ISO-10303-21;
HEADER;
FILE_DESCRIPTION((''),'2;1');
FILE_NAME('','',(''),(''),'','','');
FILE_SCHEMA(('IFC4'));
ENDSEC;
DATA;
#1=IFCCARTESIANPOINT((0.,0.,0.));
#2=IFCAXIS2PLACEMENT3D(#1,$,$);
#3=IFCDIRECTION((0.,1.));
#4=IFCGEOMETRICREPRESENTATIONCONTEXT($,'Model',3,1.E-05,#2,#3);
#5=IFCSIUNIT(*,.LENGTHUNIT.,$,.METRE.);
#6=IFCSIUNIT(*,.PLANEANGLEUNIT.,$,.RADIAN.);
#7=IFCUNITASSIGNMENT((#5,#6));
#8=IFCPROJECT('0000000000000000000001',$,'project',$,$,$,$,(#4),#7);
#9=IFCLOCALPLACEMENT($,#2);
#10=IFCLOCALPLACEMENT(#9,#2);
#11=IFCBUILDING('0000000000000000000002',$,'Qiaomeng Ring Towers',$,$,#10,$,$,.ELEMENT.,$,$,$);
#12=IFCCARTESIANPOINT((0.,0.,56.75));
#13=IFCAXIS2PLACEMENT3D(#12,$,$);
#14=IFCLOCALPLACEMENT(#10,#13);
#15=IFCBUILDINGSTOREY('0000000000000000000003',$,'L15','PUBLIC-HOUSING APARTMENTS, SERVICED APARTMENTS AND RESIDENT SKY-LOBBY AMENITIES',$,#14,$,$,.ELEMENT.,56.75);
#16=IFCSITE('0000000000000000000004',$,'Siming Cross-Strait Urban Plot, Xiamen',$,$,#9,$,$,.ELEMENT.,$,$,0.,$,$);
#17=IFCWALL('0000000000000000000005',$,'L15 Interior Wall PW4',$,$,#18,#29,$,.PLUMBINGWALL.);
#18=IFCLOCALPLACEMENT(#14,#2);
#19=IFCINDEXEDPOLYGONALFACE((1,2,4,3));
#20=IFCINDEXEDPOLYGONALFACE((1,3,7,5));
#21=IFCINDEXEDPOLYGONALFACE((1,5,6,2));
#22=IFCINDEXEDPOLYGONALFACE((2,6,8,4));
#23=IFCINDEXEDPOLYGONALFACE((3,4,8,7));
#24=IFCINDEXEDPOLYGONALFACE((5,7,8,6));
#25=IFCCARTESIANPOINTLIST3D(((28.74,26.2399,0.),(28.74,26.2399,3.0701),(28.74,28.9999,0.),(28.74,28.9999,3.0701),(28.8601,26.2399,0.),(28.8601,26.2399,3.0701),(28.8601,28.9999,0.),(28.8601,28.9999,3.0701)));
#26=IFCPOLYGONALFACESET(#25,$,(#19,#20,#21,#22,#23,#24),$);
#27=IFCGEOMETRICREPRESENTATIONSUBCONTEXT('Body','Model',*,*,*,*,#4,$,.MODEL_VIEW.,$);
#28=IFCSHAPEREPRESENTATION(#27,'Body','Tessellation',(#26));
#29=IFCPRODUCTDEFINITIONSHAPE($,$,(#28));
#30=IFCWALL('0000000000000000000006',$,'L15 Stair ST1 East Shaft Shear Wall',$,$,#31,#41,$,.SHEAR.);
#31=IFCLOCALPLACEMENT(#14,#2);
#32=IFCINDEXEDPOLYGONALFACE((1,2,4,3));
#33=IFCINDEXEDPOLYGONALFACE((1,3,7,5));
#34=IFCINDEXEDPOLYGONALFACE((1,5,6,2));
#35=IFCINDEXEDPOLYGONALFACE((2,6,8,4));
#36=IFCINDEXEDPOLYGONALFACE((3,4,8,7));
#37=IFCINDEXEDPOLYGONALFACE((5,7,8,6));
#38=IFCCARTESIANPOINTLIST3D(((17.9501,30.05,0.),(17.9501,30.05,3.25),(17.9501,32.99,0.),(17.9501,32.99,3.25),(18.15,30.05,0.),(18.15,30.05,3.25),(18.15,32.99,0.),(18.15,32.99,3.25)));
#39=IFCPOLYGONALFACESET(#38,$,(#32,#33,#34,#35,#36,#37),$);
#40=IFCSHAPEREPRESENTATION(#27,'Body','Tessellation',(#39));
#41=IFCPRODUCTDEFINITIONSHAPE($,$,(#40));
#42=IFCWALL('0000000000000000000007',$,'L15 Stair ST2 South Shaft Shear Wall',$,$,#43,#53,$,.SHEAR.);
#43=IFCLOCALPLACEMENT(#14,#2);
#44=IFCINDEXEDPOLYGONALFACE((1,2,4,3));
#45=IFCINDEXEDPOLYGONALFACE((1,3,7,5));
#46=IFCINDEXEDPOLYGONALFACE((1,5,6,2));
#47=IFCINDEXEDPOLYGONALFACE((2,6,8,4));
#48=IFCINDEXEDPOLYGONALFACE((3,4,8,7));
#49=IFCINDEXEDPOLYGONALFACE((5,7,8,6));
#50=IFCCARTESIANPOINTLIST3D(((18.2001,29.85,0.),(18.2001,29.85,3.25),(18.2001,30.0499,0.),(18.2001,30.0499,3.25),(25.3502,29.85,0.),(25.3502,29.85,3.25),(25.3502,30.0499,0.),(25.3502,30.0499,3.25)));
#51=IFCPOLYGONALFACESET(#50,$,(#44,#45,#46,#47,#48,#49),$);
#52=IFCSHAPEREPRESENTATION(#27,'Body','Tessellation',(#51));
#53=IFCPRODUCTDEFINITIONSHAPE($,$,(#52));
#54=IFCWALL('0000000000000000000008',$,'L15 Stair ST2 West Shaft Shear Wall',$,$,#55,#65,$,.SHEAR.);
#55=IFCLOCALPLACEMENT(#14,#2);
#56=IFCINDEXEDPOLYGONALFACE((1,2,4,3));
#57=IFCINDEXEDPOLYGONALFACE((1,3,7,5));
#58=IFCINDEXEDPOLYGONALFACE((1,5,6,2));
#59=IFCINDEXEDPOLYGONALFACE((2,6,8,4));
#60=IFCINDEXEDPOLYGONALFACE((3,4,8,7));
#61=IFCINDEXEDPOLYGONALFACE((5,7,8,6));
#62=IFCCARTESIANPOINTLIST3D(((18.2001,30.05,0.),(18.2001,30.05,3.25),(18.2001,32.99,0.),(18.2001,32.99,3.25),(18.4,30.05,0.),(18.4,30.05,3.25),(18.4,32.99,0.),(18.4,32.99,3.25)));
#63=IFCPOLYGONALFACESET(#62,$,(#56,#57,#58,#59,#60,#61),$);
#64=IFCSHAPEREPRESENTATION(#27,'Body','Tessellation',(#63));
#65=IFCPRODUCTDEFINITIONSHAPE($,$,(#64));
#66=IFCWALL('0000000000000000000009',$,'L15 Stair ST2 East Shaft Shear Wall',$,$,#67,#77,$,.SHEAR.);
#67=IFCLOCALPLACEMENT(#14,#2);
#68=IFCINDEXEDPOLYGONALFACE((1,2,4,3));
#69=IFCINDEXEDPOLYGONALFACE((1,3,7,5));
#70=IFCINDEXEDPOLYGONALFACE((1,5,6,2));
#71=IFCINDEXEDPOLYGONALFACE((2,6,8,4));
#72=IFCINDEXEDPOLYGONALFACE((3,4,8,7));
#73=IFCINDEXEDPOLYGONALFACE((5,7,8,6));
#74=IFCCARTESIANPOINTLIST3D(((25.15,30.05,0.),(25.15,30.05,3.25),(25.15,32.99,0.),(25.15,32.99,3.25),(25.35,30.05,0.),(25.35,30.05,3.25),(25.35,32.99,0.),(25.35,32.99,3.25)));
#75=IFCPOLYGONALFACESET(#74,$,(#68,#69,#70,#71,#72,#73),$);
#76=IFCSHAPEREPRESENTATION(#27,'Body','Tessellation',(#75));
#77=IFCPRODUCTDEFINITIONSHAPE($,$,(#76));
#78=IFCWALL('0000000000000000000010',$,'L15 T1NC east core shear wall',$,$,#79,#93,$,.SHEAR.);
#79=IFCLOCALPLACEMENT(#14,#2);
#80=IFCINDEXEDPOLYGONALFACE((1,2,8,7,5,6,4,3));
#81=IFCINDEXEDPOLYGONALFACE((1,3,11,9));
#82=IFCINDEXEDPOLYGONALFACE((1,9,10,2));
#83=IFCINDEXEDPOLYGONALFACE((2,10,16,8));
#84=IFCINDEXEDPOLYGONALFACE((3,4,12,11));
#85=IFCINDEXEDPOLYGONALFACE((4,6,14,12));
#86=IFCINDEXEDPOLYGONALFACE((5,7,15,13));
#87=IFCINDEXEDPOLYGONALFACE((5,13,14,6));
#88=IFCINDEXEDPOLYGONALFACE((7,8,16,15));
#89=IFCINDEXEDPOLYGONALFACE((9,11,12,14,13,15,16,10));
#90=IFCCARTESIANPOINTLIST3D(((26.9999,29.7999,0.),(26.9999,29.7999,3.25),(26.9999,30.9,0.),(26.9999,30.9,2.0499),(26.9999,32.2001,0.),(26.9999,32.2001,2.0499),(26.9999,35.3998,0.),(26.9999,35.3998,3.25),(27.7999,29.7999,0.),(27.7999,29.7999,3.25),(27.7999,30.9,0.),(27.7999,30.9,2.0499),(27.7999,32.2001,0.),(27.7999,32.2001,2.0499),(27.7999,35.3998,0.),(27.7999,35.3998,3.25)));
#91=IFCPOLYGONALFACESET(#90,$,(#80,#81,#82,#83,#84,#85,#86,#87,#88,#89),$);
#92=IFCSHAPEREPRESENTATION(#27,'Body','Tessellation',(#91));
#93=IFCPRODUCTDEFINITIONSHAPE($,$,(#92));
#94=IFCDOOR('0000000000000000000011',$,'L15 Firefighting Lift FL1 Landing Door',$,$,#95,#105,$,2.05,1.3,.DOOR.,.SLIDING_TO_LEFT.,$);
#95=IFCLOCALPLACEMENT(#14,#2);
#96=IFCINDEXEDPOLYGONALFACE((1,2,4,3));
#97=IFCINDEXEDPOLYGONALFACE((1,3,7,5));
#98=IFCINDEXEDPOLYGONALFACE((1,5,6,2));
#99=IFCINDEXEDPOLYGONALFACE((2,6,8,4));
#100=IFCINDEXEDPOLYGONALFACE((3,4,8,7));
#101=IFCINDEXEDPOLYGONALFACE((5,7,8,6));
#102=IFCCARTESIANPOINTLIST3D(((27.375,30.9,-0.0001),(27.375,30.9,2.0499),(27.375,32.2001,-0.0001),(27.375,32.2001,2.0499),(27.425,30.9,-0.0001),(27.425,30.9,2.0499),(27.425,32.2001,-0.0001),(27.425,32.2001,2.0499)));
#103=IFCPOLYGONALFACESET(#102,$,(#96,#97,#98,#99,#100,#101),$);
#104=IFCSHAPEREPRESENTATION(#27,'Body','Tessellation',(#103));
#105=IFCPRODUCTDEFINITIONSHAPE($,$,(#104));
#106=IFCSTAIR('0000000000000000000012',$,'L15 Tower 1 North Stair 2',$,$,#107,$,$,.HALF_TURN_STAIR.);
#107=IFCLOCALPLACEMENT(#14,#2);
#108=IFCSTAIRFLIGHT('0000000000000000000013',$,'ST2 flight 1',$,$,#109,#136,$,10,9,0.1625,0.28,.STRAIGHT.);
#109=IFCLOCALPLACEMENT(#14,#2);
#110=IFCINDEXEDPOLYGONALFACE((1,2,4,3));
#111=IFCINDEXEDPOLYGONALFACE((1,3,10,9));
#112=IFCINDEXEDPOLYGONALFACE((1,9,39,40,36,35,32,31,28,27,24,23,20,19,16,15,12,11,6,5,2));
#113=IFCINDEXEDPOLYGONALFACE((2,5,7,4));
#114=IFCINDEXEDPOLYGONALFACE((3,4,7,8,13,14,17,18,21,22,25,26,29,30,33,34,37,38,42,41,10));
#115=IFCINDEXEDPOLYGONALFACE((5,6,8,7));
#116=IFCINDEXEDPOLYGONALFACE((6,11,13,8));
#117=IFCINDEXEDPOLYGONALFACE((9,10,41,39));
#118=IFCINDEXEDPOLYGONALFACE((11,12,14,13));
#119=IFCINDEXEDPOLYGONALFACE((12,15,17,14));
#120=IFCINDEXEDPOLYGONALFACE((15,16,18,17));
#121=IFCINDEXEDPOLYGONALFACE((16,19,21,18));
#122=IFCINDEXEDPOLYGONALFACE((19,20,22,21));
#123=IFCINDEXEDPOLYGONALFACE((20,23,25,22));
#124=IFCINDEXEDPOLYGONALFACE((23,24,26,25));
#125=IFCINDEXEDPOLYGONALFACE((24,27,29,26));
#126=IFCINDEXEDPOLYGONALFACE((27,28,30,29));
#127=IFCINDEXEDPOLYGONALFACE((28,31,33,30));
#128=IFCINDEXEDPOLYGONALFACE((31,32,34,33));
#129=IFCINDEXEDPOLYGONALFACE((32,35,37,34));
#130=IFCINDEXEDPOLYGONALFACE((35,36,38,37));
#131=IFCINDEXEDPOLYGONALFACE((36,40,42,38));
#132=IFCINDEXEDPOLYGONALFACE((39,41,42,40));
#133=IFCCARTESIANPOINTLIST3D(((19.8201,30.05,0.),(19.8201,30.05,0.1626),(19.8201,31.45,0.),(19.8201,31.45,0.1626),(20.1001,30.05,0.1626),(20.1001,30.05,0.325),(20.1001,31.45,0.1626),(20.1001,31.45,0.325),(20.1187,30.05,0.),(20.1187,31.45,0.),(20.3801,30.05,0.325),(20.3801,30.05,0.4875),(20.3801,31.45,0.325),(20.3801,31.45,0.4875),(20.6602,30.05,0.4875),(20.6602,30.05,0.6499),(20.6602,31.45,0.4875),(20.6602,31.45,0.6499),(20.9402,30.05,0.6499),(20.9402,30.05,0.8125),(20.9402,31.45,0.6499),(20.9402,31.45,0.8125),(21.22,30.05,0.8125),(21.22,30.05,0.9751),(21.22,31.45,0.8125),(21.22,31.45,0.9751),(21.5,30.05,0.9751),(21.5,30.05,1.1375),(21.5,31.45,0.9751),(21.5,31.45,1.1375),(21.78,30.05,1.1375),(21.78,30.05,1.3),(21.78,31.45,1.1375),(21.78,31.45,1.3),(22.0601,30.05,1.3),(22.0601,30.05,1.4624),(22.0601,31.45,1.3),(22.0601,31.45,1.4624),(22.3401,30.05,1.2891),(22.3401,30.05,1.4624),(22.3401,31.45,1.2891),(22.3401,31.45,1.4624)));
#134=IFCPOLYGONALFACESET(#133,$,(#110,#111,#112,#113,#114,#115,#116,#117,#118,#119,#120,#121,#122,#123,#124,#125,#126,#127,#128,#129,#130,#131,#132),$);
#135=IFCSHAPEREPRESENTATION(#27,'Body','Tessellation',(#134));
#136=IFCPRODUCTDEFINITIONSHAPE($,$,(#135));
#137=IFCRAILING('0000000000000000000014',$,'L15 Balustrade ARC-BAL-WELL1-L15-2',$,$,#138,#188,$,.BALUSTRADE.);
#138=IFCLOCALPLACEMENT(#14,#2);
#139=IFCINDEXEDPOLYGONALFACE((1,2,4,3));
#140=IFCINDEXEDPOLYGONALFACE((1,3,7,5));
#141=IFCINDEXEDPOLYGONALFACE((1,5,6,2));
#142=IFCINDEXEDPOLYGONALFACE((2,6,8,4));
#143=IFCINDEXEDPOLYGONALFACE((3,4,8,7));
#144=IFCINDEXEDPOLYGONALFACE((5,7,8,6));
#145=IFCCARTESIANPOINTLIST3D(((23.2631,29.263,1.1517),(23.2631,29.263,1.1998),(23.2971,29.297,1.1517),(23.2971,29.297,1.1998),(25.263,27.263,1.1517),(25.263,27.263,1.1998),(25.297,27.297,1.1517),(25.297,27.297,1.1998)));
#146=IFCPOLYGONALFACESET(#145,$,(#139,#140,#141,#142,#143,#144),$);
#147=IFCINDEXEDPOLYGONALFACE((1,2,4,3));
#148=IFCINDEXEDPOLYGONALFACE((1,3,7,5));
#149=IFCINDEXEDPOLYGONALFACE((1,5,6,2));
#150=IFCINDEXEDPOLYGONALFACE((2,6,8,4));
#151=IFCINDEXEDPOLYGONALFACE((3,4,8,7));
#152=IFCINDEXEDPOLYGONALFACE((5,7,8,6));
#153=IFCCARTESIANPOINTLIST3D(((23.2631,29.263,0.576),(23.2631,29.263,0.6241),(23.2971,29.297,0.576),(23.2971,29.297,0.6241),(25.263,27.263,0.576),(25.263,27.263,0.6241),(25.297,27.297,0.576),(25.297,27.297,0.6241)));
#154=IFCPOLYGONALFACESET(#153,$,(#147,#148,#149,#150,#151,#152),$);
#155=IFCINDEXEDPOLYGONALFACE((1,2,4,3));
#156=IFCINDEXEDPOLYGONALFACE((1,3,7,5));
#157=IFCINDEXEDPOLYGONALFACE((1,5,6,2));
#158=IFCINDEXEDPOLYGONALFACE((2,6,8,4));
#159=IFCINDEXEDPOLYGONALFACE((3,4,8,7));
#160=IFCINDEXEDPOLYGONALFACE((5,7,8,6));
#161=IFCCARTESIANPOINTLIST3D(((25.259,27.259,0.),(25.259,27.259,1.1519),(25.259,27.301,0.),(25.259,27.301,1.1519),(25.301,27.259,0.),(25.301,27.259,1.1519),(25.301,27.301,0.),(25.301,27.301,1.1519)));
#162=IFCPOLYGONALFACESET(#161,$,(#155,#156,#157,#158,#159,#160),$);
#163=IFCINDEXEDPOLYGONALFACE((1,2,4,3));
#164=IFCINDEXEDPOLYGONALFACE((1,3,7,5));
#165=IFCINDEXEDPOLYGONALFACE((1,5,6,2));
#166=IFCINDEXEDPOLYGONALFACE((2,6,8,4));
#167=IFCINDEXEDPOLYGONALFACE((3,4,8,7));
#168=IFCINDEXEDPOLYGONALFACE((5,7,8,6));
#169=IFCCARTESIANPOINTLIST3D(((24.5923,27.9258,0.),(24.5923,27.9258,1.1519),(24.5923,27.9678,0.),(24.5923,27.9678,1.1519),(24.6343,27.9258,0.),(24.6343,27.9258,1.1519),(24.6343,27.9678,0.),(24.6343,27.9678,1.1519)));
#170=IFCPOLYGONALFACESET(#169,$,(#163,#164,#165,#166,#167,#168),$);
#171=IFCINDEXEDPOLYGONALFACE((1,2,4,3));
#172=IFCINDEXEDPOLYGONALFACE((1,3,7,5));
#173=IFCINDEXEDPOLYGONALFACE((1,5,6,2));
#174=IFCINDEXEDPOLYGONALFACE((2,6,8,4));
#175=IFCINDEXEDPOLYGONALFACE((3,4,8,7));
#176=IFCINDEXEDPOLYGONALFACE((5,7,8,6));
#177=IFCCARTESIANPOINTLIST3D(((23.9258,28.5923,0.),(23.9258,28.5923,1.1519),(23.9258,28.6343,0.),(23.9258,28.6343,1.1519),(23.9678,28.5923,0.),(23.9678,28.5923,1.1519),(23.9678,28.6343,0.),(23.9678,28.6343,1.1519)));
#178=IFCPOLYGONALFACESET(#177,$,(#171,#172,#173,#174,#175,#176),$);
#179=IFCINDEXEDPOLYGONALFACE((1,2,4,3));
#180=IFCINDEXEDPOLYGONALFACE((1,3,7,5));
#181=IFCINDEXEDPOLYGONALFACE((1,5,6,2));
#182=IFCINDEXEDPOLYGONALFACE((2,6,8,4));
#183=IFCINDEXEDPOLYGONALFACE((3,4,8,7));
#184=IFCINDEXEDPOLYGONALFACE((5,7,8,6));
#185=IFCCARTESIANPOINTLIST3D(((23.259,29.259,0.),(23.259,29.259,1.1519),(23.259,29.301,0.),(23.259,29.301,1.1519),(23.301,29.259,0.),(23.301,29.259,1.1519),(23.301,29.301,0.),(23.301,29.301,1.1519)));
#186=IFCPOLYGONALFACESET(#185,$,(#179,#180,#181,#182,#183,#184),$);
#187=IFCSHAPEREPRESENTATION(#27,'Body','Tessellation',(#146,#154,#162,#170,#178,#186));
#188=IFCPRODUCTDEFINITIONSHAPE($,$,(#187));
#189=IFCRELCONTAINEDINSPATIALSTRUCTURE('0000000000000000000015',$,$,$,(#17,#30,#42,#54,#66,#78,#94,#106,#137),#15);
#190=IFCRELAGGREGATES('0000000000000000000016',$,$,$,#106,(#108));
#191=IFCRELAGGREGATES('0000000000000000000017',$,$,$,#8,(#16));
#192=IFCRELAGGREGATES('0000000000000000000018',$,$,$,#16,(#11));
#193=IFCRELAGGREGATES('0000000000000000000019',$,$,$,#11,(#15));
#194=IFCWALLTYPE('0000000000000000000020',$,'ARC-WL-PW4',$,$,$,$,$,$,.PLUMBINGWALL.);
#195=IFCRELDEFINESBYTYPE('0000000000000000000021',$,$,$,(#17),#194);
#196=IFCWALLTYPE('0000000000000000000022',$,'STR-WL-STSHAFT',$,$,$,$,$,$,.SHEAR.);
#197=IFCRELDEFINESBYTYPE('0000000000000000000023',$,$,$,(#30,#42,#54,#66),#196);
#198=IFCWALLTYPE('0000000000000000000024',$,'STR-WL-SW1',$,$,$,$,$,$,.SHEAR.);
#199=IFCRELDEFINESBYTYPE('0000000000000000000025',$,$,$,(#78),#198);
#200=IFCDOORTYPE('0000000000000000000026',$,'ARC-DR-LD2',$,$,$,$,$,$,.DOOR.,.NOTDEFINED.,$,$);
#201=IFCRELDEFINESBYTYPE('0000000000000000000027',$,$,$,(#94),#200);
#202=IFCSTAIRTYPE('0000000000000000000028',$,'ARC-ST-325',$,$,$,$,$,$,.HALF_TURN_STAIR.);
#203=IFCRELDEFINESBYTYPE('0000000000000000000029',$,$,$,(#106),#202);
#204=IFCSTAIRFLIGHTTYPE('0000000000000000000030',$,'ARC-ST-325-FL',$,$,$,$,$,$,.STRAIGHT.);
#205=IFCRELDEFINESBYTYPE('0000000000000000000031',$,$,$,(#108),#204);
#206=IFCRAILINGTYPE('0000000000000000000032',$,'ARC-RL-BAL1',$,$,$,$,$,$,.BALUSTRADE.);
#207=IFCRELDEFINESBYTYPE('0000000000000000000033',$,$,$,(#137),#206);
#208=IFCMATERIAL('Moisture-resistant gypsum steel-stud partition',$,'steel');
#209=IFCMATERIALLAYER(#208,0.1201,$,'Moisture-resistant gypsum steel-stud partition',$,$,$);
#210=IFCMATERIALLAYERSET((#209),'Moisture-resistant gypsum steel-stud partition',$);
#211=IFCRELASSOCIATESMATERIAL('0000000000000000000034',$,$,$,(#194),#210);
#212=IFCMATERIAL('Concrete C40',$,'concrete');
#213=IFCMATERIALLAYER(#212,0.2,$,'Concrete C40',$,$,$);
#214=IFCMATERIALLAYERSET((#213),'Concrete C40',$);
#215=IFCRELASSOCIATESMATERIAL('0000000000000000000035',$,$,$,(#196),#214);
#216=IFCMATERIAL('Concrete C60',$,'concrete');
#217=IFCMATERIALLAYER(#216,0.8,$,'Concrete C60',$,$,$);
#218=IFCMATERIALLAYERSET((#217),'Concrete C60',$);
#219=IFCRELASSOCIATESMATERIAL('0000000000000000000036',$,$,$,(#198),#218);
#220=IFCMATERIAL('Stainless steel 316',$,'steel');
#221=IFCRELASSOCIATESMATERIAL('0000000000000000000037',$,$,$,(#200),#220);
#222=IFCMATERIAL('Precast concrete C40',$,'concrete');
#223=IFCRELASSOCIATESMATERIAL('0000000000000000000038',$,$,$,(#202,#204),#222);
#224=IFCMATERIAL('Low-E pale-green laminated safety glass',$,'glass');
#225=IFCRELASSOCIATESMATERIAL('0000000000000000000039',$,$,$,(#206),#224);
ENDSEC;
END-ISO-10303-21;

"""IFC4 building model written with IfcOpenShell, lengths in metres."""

from ifc_helpers import new_model, si_unit, direction, frame, frame_2d, origin, origin_2d, place, context, subcontext, project, spatial, polyline, rectangle, outline, extrude, source, transform, mapped, material, layer, layer_set, type_object, element, fill, aggregate, save


model = new_model("IFC4")

# Units and contexts
model_context = context("Model", 3, precision=1e-05, world=origin(), true_north=direction((0.0, 1.0)))
body_context = subcontext(model_context, "Body", "Model", "MODEL_VIEW")
ifc_project = project(units=[si_unit("LENGTHUNIT", "METRE"), si_unit("PLANEANGLEUNIT", "RADIAN")], contexts=[model_context])

# Site, building, storey
site_placement = place(None, origin())
site = spatial("IfcSite", under=ifc_project, at=site_placement, Name="Siming Cross-Strait Urban Plot, Xiamen", CompositionType="ELEMENT", RefElevation=0.0)
building_placement = place(site_placement, origin())
building = spatial("IfcBuilding", under=site, at=building_placement, Name="Qiaomeng Ring Towers", CompositionType="ELEMENT")
storey_placement = place(building_placement, frame((0.0, 0.0, 56.75)))
storey = spatial("IfcBuildingStorey", under=building, at=storey_placement, Name="L15", Description="PUBLIC-HOUSING APARTMENTS, SERVICED APARTMENTS AND RESIDENT SKY-LOBBY AMENITIES", CompositionType="ELEMENT", Elevation=56.75)

# Shared definitions
ifc_material_1 = material(Name="Moisture-resistant gypsum steel-stud partition", Category="steel")
ifc_layer_1 = layer(ifc_material_1, 0.1201, Name="Moisture-resistant gypsum steel-stud partition")
ifc_layer_set_1 = layer_set([ifc_layer_1], Name="Moisture-resistant gypsum steel-stud partition")
wall_type_1 = type_object("IfcWallType", Name="ARC-WL-PW4", PredefinedType="PLUMBINGWALL", material=ifc_layer_set_1)

# Walls
wall_1_placement = place(storey_placement, frame((28.8, 26.24, 0.0), z_axis=(0.0, 0.0, 1.0), x_axis=(0.0, 1.0, 0.0)))
element("IfcWall", 1, at=wall_1_placement, inside=storey, type_object=wall_type_1, Name="L15 Interior Wall PW4", PredefinedType="PLUMBINGWALL", context=body_context, shape_type="SweptSolid", body=[
    extrude(rectangle(XDim=2.76, YDim=0.1201, at=frame_2d((1.3799, 0.0))), origin(), (0.0, 0.0, 1.0), 3.0701),
])
ifc_material_2 = material(Name="Concrete C40", Category="concrete")
ifc_layer_2 = layer(ifc_material_2, 0.2, Name="Concrete C40")
ifc_layer_set_2 = layer_set([ifc_layer_2], Name="Concrete C40")
wall_type_2 = type_object("IfcWallType", Name="STR-WL-STSHAFT", PredefinedType="SHEAR", material=ifc_layer_set_2)
wall_2_placement = place(storey_placement, frame((18.05, 30.05, 0.0), z_axis=(0.0, 0.0, 1.0), x_axis=(0.0, 1.0, 0.0)))
element("IfcWall", 2, at=wall_2_placement, inside=storey, type_object=wall_type_2, Name="L15 Stair ST1 East Shaft Shear Wall", PredefinedType="SHEAR", context=body_context, shape_type="SweptSolid", body=[
    extrude(rectangle(XDim=2.9399, YDim=0.2, at=frame_2d((1.47, 0.0))), origin(), (0.0, 0.0, 1.0), 3.25),
])
wall_3_placement = place(storey_placement, frame((18.2, 29.95, 0.0), z_axis=(0.0, 0.0, 1.0), x_axis=(1.0, 0.0, 0.0)))
element("IfcWall", 3, at=wall_3_placement, inside=storey, type_object=wall_type_2, Name="L15 Stair ST2 South Shaft Shear Wall", PredefinedType="SHEAR", context=body_context, shape_type="SweptSolid", body=[
    extrude(rectangle(XDim=7.1501, YDim=0.2, at=frame_2d((3.5752, 0.0))), origin(), (0.0, 0.0, 1.0), 3.25),
])
for number, where, z_axis, x_axis, name in (
    (4, (18.3, 30.05, 0.0), (0.0, 0.0, 1.0), (0.0, 1.0, 0.0), "L15 Stair ST2 West Shaft Shear Wall"),
    (5, (25.25, 30.05, 0.0), (0.0, 0.0, 1.0), (0.0, 1.0, 0.0), "L15 Stair ST2 East Shaft Shear Wall"),
):
    element("IfcWall", number, at=place(storey_placement, frame(where, z_axis=z_axis, x_axis=x_axis)), inside=storey, type_object=wall_type_2, Name=name, PredefinedType="SHEAR", context=body_context, shape_type="SweptSolid", body=[
        extrude(rectangle(XDim=2.9399, YDim=0.2, at=frame_2d((1.47, 0.0))), origin(), (0.0, 0.0, 1.0), 3.25),
    ])

# Wall, opening, door
ifc_material_3 = material(Name="Concrete C60", Category="concrete")
ifc_layer_3 = layer(ifc_material_3, 0.8, Name="Concrete C60")
ifc_layer_set_3 = layer_set([ifc_layer_3], Name="Concrete C60")
wall_type_3 = type_object("IfcWallType", Name="STR-WL-SW1", PredefinedType="SHEAR", material=ifc_layer_set_3)
wall_4_placement = place(storey_placement, frame((27.3999, 29.8, 0.0), z_axis=(0.0, 0.0, 1.0), x_axis=(0.0, 1.0, 0.0)))
wall_4 = element("IfcWall", 6, at=wall_4_placement, inside=storey, type_object=wall_type_3, Name="L15 T1NC east core shear wall", PredefinedType="SHEAR", context=body_context, shape_type="SweptSolid", body=[
    extrude(rectangle(XDim=5.5999, YDim=0.8, at=frame_2d((2.7998, 0.0))), origin(), (0.0, 0.0, 1.0), 3.25),
])
opening_1_placement = place(wall_4_placement, frame((1.1001, 0.0, 0.0)))
opening_1 = element("IfcOpeningElement", 7, at=opening_1_placement, cuts=wall_4, PredefinedType="OPENING", context=body_context, shape_type="SweptSolid", body=[
    extrude(rectangle(XDim=1.3, YDim=2.05, at=frame_2d((0.6499, 1.0249))), frame((0.0, 0.4099, 0.0), z_axis=(0.0, -1.0, 0.0), x_axis=(1.0, 0.0, 0.0)), (0.0, 0.0, 1.0), 0.8201),
])
ifc_material_4 = material(Name="Stainless steel 316", Category="steel")
door_type_1 = type_object("IfcDoorType", Name="ARC-DR-LD2", OperationType="NOTDEFINED", PredefinedType="DOOR", material=ifc_material_4)
shared_shape_1 = source(origin(), body_context, "Body", "SweptSolid", [
    extrude(rectangle(XDim=1.3, YDim=2.05, at=frame_2d((0.6499, 1.0249))), frame((0.0, 0.0249, 0.0), z_axis=(0.0, -1.0, 0.0), x_axis=(1.0, 0.0, 0.0)), (0.0, 0.0, 1.0), 0.05),
])
door_1_placement = place(opening_1_placement, origin())
door_1 = element("IfcDoor", 8, at=door_1_placement, inside=storey, type_object=door_type_1, Name="L15 Firefighting Lift FL1 Landing Door", OperationType="SLIDING_TO_LEFT", OverallHeight=2.05, OverallWidth=1.3, PredefinedType="DOOR", context=body_context, shape_type="MappedRepresentation", body=[
    mapped(shared_shape_1, transform((0.0, 0.0, 0.0), x_axis=(1.0, 0.0, 0.0), y_axis=(0.0, 1.0, 0.0), z_axis=(0.0, 0.0, 1.0), scale=1.0)),
])
fill(opening_1, door_1)

# Stair, stair flight
ifc_material_5 = material(Name="Precast concrete C40", Category="concrete")
stair_type = type_object("IfcStairType", Name="ARC-ST-325", PredefinedType="HALF_TURN_STAIR", material=ifc_material_5)
stair_placement = place(storey_placement, origin())
stair = element("IfcStair", 9, at=stair_placement, inside=storey, type_object=stair_type, Name="L15 Tower 1 North Stair 2", PredefinedType="HALF_TURN_STAIR")
stair_flight_type = type_object("IfcStairFlightType", Name="ARC-ST-325-FL", PredefinedType="STRAIGHT", material=ifc_material_5)
shared_shape_2 = source(origin(), body_context, "Body", "SweptSolid", [
    extrude(outline(polyline([(0.0, 0.0), (0.0, 0.1626), (0.28, 0.1626), (0.28, 0.325), (0.5601, 0.325), (0.5601, 0.4875), (0.8401, 0.4875), (0.8401, 0.6499), (1.1201, 0.6499), (1.1201, 0.8125), (1.3999, 0.8125), (1.3999, 0.9751), (1.6799, 0.9751), (1.6799, 1.1375), (1.96, 1.1375), (1.96, 1.3), (2.24, 1.3), (2.24, 1.4624), (2.52, 1.4624), (2.52, 1.625), (2.52, 1.2891), (0.2986, 0.0), (0.0, 0.0)])), frame((0.0, 0.7, 0.0), z_axis=(0.0, -1.0, 0.0), x_axis=(1.0, 0.0, 0.0)), (0.0, 0.0, 1.0), 1.3999),
])
stair_flight_placement = place(storey_placement, frame((19.8201, 30.75, 0.0), z_axis=(0.0, 0.0, 1.0), x_axis=(1.0, 0.0, 0.0)))
stair_flight = element("IfcStairFlight", 10, at=stair_flight_placement, type_object=stair_flight_type, Name="ST2 flight 1", NumberOfRisers=10, NumberOfTreads=9, PredefinedType="STRAIGHT", RiserHeight=0.1625, TreadLength=0.28, context=body_context, shape_type="MappedRepresentation", body=[
    mapped(shared_shape_2, transform((0.0, 0.0, 0.0), x_axis=(1.0, 0.0, 0.0), y_axis=(0.0, 1.0, 0.0), z_axis=(0.0, 0.0, 1.0), scale=1.0)),
])
aggregate(stair, [stair_flight])

# Railing
ifc_material_6 = material(Name="Low-E pale-green laminated safety glass", Category="glass")
railing_type_1 = type_object("IfcRailingType", Name="ARC-RL-BAL1", PredefinedType="BALUSTRADE", material=ifc_material_6)
railing_1_placement = place(storey_placement, frame((25.28, 27.28, 0.0)))
element("IfcRailing", 11, at=railing_1_placement, inside=storey, type_object=railing_type_1, Name="L15 Balustrade ARC-BAL-WELL1-L15-2", PredefinedType="BALUSTRADE", context=body_context, shape_type="SweptSolid", body=[
    extrude(rectangle(XDim=0.0481, YDim=0.0481, at=origin_2d()), frame((0.0, 0.0, 1.1758), z_axis=(-0.707107, 0.707107, 0.0), x_axis=(-0.707107, -0.707107, 0.0)), (0.0, 0.0, 1.0), 2.8284),
    extrude(rectangle(XDim=0.0481, YDim=0.0481, at=origin_2d()), frame((0.0, 0.0, 0.6001), z_axis=(-0.707107, 0.707107, 0.0), x_axis=(-0.707107, -0.707107, 0.0)), (0.0, 0.0, 1.0), 2.8284),
    extrude(rectangle(XDim=0.042, YDim=0.042, at=origin_2d()), origin(), (0.0, 0.0, 1.0), 1.1519),
    extrude(rectangle(XDim=0.042, YDim=0.042, at=origin_2d()), frame((-0.6667, 0.6667, 0.0)), (0.0, 0.0, 1.0), 1.1519),
    extrude(rectangle(XDim=0.042, YDim=0.042, at=origin_2d()), frame((-1.3333, 1.3333, 0.0)), (0.0, 0.0, 1.0), 1.1519),
    extrude(rectangle(XDim=0.042, YDim=0.042, at=origin_2d()), frame((-2.0, 2.0, 0.0)), (0.0, 0.0, 1.0), 1.1519),
])

save(model, "model.ifc")
